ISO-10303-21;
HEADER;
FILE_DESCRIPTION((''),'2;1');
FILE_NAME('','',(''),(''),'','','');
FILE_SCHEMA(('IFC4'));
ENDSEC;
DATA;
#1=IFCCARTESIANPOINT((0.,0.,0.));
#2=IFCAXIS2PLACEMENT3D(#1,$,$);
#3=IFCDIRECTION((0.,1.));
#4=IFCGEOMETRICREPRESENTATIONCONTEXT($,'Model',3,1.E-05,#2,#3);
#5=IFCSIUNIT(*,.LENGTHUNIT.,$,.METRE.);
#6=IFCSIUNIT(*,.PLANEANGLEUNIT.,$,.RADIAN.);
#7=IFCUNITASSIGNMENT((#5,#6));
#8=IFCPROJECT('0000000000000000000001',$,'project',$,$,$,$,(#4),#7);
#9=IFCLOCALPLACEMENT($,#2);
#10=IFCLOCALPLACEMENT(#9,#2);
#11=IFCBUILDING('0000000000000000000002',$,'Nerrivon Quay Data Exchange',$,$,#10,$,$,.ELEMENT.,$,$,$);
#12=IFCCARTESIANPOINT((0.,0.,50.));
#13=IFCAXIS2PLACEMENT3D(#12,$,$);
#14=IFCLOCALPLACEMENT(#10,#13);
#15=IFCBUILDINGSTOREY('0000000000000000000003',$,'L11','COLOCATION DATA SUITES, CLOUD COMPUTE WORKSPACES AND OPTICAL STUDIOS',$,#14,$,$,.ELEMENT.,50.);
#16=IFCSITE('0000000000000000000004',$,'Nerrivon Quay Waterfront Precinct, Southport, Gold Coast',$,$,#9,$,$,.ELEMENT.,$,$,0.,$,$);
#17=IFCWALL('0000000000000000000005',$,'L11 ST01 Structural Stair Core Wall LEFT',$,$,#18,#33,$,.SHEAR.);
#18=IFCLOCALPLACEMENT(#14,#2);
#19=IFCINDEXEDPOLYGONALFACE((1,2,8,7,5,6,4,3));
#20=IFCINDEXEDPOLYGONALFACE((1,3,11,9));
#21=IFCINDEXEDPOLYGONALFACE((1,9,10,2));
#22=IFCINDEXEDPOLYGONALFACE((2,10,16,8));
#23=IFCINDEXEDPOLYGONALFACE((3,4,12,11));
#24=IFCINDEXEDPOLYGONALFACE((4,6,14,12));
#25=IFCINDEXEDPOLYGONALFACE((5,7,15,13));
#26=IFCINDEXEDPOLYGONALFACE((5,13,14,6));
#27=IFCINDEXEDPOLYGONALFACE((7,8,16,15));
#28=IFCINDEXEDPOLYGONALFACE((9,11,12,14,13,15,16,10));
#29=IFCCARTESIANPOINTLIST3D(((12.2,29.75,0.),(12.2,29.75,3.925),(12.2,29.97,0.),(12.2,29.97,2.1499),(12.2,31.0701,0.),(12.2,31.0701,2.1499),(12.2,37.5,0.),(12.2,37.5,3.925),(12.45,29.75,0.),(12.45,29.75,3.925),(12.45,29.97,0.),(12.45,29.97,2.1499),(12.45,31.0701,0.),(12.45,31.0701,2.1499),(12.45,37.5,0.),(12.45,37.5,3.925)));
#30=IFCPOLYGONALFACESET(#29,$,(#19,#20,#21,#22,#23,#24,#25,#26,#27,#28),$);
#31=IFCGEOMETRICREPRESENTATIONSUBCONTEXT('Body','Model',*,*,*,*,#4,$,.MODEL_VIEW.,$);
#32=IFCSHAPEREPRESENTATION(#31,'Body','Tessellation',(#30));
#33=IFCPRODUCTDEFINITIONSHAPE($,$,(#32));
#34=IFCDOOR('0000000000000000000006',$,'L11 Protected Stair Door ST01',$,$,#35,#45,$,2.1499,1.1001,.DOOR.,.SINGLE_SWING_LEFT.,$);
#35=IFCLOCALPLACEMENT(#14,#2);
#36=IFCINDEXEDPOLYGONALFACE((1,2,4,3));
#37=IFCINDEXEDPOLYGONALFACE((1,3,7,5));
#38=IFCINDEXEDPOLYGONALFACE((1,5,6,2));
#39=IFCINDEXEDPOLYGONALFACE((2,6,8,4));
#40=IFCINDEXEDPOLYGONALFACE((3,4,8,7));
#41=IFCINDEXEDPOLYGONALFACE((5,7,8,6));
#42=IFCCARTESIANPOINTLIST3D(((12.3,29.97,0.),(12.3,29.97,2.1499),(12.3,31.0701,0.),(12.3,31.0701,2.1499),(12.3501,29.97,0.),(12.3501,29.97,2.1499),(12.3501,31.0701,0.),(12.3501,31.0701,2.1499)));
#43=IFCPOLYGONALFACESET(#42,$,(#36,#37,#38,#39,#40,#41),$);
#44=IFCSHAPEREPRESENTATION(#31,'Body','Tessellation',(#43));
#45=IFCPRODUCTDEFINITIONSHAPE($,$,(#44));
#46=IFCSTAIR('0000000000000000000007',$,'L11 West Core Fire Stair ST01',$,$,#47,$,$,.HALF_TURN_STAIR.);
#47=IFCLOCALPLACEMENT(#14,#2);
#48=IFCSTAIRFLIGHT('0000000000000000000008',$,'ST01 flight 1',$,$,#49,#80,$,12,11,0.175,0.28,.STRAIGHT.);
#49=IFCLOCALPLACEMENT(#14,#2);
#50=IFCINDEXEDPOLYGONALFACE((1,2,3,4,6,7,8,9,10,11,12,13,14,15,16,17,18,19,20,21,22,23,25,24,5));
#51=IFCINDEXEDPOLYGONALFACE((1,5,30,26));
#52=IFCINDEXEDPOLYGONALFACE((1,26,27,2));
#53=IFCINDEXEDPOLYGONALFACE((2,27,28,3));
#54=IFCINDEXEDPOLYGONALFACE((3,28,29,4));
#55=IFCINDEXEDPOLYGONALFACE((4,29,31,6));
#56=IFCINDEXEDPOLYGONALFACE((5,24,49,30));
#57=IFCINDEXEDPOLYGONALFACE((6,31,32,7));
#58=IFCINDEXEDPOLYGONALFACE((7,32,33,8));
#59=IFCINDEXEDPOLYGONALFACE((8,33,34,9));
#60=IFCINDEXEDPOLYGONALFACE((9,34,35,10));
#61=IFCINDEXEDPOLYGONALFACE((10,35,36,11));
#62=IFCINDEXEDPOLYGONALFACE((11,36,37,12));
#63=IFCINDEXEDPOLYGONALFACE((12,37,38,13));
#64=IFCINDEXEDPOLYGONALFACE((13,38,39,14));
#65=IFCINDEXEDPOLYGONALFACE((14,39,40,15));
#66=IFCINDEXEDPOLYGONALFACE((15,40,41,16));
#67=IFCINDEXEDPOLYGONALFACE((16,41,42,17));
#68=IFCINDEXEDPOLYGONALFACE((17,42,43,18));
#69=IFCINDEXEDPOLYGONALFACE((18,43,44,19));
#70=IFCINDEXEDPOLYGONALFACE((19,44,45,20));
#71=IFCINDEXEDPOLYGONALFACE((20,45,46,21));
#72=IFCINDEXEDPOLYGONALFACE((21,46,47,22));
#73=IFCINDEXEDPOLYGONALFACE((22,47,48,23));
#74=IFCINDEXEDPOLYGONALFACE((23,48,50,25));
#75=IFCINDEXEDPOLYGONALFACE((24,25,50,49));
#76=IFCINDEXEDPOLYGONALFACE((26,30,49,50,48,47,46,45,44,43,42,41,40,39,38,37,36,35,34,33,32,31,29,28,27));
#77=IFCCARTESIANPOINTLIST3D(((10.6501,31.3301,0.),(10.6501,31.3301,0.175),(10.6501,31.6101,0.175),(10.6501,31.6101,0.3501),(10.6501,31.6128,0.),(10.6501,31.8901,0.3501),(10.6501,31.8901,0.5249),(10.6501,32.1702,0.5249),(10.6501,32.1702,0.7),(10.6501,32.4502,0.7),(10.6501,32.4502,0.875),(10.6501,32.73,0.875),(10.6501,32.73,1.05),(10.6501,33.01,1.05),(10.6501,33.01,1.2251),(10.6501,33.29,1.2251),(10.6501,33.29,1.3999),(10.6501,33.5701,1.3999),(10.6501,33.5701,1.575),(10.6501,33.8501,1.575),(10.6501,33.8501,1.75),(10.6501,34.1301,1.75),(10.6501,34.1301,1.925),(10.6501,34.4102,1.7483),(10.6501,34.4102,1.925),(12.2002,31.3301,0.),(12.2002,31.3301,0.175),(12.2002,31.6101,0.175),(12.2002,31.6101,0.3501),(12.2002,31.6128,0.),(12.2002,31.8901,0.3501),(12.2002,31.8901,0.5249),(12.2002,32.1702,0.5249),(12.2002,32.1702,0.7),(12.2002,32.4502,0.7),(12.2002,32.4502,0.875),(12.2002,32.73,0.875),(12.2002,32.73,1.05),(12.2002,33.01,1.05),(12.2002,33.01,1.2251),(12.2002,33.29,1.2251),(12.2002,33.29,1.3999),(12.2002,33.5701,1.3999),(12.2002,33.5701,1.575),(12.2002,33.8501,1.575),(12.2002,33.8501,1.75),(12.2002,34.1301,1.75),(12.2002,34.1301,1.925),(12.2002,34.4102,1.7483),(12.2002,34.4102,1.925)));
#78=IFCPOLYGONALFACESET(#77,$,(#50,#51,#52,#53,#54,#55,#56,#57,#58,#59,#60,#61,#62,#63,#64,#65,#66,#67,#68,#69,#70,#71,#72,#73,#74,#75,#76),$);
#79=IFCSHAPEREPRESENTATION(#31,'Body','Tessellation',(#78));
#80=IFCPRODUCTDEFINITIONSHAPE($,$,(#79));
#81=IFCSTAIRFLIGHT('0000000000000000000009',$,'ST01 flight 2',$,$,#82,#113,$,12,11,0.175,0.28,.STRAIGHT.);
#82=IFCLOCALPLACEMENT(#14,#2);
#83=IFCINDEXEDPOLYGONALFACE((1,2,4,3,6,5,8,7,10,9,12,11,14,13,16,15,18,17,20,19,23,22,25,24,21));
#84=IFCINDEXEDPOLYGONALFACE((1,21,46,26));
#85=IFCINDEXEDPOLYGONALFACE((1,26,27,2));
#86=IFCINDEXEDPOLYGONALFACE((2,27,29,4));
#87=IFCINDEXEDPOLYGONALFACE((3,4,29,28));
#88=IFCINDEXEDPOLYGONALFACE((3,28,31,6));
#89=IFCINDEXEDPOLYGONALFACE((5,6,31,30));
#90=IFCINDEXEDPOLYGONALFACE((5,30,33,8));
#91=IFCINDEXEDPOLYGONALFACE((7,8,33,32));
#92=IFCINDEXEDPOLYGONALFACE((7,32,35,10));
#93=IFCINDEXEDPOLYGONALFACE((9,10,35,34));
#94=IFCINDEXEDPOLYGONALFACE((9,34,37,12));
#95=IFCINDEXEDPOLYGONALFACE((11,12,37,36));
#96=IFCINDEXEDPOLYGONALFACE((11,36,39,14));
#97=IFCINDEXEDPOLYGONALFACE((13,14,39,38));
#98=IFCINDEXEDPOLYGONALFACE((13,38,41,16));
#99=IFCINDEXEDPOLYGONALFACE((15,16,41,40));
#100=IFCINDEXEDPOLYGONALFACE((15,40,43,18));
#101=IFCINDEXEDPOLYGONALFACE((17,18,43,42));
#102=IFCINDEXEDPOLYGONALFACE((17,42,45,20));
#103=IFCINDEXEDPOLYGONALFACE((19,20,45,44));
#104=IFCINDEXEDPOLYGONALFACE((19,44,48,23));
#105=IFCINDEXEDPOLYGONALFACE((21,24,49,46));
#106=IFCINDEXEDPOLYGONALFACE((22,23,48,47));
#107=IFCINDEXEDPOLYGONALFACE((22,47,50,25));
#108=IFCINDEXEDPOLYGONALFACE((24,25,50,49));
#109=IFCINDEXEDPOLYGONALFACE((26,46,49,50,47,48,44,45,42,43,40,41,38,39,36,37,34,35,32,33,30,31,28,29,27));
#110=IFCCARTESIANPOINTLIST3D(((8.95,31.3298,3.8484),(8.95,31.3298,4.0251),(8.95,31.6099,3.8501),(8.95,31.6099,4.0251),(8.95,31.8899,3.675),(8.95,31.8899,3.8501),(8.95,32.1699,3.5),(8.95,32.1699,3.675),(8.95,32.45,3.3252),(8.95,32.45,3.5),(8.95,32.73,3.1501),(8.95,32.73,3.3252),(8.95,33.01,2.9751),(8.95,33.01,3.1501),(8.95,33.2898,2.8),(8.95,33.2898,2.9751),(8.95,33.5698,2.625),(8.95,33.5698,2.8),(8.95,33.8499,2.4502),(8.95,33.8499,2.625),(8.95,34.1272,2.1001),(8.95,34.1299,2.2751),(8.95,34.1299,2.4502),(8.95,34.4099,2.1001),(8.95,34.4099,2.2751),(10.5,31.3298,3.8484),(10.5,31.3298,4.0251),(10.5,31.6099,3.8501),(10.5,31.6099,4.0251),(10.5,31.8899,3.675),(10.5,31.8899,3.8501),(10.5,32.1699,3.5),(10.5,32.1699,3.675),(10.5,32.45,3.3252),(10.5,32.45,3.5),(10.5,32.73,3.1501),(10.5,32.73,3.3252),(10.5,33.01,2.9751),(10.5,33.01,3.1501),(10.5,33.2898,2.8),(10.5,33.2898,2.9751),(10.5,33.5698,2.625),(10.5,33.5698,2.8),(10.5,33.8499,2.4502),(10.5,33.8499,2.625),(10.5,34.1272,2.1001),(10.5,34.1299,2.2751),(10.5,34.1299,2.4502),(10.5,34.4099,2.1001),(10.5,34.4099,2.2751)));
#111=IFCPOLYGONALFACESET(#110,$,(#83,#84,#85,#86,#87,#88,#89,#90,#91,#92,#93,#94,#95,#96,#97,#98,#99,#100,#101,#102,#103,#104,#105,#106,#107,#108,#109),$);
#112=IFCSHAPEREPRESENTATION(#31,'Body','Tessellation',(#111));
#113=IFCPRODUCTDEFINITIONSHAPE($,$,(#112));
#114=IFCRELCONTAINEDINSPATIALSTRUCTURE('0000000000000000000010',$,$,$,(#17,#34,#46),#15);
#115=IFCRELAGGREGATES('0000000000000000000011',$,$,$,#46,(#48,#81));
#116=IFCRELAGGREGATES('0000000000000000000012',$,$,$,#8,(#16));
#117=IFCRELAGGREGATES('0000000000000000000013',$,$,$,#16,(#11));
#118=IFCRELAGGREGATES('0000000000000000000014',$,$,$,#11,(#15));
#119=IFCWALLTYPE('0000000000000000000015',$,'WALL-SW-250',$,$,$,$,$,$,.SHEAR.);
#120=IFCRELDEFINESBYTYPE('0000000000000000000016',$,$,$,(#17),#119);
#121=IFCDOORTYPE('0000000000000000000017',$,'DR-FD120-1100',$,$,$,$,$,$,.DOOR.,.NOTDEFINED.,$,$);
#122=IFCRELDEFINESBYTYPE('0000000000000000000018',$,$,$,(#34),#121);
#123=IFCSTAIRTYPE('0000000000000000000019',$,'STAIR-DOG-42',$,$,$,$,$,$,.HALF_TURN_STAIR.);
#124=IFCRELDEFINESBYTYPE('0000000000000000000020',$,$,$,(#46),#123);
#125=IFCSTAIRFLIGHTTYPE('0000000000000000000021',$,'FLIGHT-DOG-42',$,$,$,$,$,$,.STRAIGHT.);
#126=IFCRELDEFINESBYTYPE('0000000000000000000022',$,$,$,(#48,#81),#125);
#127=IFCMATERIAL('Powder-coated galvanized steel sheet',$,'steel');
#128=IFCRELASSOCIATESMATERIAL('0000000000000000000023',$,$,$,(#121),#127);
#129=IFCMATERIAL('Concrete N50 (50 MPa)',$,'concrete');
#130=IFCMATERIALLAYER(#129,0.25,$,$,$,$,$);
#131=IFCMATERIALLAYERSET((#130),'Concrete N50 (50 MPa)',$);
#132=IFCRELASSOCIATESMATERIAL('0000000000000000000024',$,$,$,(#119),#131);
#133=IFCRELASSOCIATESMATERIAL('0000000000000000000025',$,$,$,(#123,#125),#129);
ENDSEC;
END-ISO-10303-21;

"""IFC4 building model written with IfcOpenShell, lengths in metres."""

from ifc_helpers import new_model, si_unit, direction, frame, frame_2d, origin, place, context, subcontext, project, spatial, polyline, rectangle, outline, extrude, material, layer, layer_set, type_object, element, fill, aggregate, save


model = new_model("IFC4")

# Units and contexts
model_context = context("Model", 3, precision=1e-05, world=origin(), true_north=direction((0.0, 1.0)))
body_context = subcontext(model_context, "Body", "Model", "MODEL_VIEW")
ifc_project = project(units=[si_unit("LENGTHUNIT", "METRE"), si_unit("PLANEANGLEUNIT", "RADIAN")], contexts=[model_context])

# Site, building, storey
site_placement = place(None, origin())
site = spatial("IfcSite", under=ifc_project, at=site_placement, Name="Nerrivon Quay Waterfront Precinct, Southport, Gold Coast", CompositionType="ELEMENT", RefElevation=0.0)
building_placement = place(site_placement, origin())
building = spatial("IfcBuilding", under=site, at=building_placement, Name="Nerrivon Quay Data Exchange", CompositionType="ELEMENT")
storey_placement = place(building_placement, frame((0.0, 0.0, 50.0)))
storey = spatial("IfcBuildingStorey", under=building, at=storey_placement, Name="L11", Description="COLOCATION DATA SUITES, CLOUD COMPUTE WORKSPACES AND OPTICAL STUDIOS", CompositionType="ELEMENT", Elevation=50.0)

# Shared definitions
ifc_material_1 = material(Name="Powder-coated galvanized steel sheet", Category="steel")
door_type_1 = type_object("IfcDoorType", Name="DR-FD120-1100", OperationType="NOTDEFINED", PredefinedType="DOOR", material=ifc_material_1)

# Shared definitions
ifc_material_2 = material(Name="Concrete N50 (50 MPa)", Category="concrete")
ifc_layer_1 = layer(ifc_material_2, 0.25)
ifc_layer_set_1 = layer_set([ifc_layer_1], Name="Concrete N50 (50 MPa)")
wall_type_1 = type_object("IfcWallType", Name="WALL-SW-250", PredefinedType="SHEAR", material=ifc_layer_set_1)

# Wall, opening, door
wall_1_placement = place(storey_placement, frame((12.325, 29.75, 0.0), z_axis=(0.0, 0.0, 1.0), x_axis=(0.0, 1.0, 0.0)))
wall_1 = element("IfcWall", 1, at=wall_1_placement, inside=storey, type_object=wall_type_1, Name="L11 ST01 Structural Stair Core Wall LEFT", PredefinedType="SHEAR", context=body_context, shape_type="SweptSolid", body=[
    extrude(rectangle(XDim=7.75, YDim=0.25, at=frame_2d((3.875, 0.0))), origin(), (0.0, 0.0, 1.0), 3.925),
])
opening_1_placement = place(wall_1_placement, frame((0.22, 0.0, 0.0)))
opening_1 = element("IfcOpeningElement", 2, at=opening_1_placement, cuts=wall_1, PredefinedType="OPENING", context=body_context, shape_type="SweptSolid", body=[
    extrude(rectangle(XDim=1.1001, YDim=2.1499, at=frame_2d((0.55, 1.075))), frame((0.0, 0.135, 0.0), z_axis=(0.0, -1.0, 0.0), x_axis=(1.0, 0.0, 0.0)), (0.0, 0.0, 1.0), 0.27),
])
door_1_placement = place(opening_1_placement, origin())
door_1 = element("IfcDoor", 3, at=door_1_placement, inside=storey, type_object=door_type_1, Name="L11 Protected Stair Door ST01", OperationType="SINGLE_SWING_LEFT", OverallHeight=2.1499, OverallWidth=1.1001, PredefinedType="DOOR", context=body_context, shape_type="SweptSolid", body=[
    extrude(rectangle(XDim=1.1001, YDim=2.1499, at=frame_2d((0.55, 1.075))), frame((0.0, 0.0249, 0.0), z_axis=(0.0, -1.0, 0.0), x_axis=(1.0, 0.0, 0.0)), (0.0, 0.0, 1.0), 0.05),
])
fill(opening_1, door_1)

# Stair, stair flights
stair_type = type_object("IfcStairType", Name="STAIR-DOG-42", PredefinedType="HALF_TURN_STAIR", material=ifc_material_2)
stair_placement = place(storey_placement, origin())
stair = element("IfcStair", 4, at=stair_placement, inside=storey, type_object=stair_type, Name="L11 West Core Fire Stair ST01", PredefinedType="HALF_TURN_STAIR")
stair_flight_type = type_object("IfcStairFlightType", Name="FLIGHT-DOG-42", PredefinedType="STRAIGHT", material=ifc_material_2)
stair_flight_1_placement = place(storey_placement, frame((11.425, 31.3301, 0.0), z_axis=(0.0, 0.0, 1.0), x_axis=(0.0, 1.0, 0.0)))
stair_flight_1 = element("IfcStairFlight", 5, at=stair_flight_1_placement, type_object=stair_flight_type, Name="ST01 flight 1", NumberOfRisers=12, NumberOfTreads=11, PredefinedType="STRAIGHT", RiserHeight=0.175, TreadLength=0.28, context=body_context, shape_type="SweptSolid", body=[
    extrude(outline(polyline([(0.0, 0.0), (0.0, 0.175), (0.28, 0.175), (0.28, 0.3501), (0.5601, 0.3501), (0.5601, 0.5249), (0.8401, 0.5249), (0.8401, 0.7), (1.1201, 0.7), (1.1201, 0.875), (1.3999, 0.875), (1.3999, 1.05), (1.6799, 1.05), (1.6799, 1.2251), (1.96, 1.2251), (1.96, 1.3999), (2.24, 1.3999), (2.24, 1.575), (2.52, 1.575), (2.52, 1.75), (2.8, 1.75), (2.8, 1.925), (3.0801, 1.925), (3.0801, 2.1001), (3.0801, 1.7483), (0.2827, 0.0), (0.0, 0.0)])), frame((0.0, 0.7749, 0.0), z_axis=(0.0, -1.0, 0.0), x_axis=(1.0, 0.0, 0.0)), (0.0, 0.0, 1.0), 1.55),
])
stair_flight_2_placement = place(storey_placement, frame((9.7251, 34.4099, 2.1001), z_axis=(0.0, 0.0, 1.0), x_axis=(0.0, -1.0, 0.0)))
stair_flight_2 = element("IfcStairFlight", 6, at=stair_flight_2_placement, type_object=stair_flight_type, Name="ST01 flight 2", NumberOfRisers=12, NumberOfTreads=11, PredefinedType="STRAIGHT", RiserHeight=0.175, TreadLength=0.28, context=body_context, shape_type="SweptSolid", body=[
    extrude(outline(polyline([(0.0, 0.0), (0.0, 0.175), (0.28, 0.175), (0.28, 0.3501), (0.5601, 0.3501), (0.5601, 0.5249), (0.8401, 0.5249), (0.8401, 0.7), (1.1201, 0.7), (1.1201, 0.875), (1.3999, 0.875), (1.3999, 1.05), (1.6799, 1.05), (1.6799, 1.2251), (1.96, 1.2251), (1.96, 1.3999), (2.24, 1.3999), (2.24, 1.575), (2.52, 1.575), (2.52, 1.75), (2.8, 1.75), (2.8, 1.925), (3.0801, 1.925), (3.0801, 2.1001), (3.0801, 1.7483), (0.2827, 0.0), (0.0, 0.0)])), frame((0.0, 0.7749, 0.0), z_axis=(0.0, -1.0, 0.0), x_axis=(1.0, 0.0, 0.0)), (0.0, 0.0, 1.0), 1.55),
])
aggregate(stair, [stair_flight_1, stair_flight_2])

save(model, "model.ifc")
